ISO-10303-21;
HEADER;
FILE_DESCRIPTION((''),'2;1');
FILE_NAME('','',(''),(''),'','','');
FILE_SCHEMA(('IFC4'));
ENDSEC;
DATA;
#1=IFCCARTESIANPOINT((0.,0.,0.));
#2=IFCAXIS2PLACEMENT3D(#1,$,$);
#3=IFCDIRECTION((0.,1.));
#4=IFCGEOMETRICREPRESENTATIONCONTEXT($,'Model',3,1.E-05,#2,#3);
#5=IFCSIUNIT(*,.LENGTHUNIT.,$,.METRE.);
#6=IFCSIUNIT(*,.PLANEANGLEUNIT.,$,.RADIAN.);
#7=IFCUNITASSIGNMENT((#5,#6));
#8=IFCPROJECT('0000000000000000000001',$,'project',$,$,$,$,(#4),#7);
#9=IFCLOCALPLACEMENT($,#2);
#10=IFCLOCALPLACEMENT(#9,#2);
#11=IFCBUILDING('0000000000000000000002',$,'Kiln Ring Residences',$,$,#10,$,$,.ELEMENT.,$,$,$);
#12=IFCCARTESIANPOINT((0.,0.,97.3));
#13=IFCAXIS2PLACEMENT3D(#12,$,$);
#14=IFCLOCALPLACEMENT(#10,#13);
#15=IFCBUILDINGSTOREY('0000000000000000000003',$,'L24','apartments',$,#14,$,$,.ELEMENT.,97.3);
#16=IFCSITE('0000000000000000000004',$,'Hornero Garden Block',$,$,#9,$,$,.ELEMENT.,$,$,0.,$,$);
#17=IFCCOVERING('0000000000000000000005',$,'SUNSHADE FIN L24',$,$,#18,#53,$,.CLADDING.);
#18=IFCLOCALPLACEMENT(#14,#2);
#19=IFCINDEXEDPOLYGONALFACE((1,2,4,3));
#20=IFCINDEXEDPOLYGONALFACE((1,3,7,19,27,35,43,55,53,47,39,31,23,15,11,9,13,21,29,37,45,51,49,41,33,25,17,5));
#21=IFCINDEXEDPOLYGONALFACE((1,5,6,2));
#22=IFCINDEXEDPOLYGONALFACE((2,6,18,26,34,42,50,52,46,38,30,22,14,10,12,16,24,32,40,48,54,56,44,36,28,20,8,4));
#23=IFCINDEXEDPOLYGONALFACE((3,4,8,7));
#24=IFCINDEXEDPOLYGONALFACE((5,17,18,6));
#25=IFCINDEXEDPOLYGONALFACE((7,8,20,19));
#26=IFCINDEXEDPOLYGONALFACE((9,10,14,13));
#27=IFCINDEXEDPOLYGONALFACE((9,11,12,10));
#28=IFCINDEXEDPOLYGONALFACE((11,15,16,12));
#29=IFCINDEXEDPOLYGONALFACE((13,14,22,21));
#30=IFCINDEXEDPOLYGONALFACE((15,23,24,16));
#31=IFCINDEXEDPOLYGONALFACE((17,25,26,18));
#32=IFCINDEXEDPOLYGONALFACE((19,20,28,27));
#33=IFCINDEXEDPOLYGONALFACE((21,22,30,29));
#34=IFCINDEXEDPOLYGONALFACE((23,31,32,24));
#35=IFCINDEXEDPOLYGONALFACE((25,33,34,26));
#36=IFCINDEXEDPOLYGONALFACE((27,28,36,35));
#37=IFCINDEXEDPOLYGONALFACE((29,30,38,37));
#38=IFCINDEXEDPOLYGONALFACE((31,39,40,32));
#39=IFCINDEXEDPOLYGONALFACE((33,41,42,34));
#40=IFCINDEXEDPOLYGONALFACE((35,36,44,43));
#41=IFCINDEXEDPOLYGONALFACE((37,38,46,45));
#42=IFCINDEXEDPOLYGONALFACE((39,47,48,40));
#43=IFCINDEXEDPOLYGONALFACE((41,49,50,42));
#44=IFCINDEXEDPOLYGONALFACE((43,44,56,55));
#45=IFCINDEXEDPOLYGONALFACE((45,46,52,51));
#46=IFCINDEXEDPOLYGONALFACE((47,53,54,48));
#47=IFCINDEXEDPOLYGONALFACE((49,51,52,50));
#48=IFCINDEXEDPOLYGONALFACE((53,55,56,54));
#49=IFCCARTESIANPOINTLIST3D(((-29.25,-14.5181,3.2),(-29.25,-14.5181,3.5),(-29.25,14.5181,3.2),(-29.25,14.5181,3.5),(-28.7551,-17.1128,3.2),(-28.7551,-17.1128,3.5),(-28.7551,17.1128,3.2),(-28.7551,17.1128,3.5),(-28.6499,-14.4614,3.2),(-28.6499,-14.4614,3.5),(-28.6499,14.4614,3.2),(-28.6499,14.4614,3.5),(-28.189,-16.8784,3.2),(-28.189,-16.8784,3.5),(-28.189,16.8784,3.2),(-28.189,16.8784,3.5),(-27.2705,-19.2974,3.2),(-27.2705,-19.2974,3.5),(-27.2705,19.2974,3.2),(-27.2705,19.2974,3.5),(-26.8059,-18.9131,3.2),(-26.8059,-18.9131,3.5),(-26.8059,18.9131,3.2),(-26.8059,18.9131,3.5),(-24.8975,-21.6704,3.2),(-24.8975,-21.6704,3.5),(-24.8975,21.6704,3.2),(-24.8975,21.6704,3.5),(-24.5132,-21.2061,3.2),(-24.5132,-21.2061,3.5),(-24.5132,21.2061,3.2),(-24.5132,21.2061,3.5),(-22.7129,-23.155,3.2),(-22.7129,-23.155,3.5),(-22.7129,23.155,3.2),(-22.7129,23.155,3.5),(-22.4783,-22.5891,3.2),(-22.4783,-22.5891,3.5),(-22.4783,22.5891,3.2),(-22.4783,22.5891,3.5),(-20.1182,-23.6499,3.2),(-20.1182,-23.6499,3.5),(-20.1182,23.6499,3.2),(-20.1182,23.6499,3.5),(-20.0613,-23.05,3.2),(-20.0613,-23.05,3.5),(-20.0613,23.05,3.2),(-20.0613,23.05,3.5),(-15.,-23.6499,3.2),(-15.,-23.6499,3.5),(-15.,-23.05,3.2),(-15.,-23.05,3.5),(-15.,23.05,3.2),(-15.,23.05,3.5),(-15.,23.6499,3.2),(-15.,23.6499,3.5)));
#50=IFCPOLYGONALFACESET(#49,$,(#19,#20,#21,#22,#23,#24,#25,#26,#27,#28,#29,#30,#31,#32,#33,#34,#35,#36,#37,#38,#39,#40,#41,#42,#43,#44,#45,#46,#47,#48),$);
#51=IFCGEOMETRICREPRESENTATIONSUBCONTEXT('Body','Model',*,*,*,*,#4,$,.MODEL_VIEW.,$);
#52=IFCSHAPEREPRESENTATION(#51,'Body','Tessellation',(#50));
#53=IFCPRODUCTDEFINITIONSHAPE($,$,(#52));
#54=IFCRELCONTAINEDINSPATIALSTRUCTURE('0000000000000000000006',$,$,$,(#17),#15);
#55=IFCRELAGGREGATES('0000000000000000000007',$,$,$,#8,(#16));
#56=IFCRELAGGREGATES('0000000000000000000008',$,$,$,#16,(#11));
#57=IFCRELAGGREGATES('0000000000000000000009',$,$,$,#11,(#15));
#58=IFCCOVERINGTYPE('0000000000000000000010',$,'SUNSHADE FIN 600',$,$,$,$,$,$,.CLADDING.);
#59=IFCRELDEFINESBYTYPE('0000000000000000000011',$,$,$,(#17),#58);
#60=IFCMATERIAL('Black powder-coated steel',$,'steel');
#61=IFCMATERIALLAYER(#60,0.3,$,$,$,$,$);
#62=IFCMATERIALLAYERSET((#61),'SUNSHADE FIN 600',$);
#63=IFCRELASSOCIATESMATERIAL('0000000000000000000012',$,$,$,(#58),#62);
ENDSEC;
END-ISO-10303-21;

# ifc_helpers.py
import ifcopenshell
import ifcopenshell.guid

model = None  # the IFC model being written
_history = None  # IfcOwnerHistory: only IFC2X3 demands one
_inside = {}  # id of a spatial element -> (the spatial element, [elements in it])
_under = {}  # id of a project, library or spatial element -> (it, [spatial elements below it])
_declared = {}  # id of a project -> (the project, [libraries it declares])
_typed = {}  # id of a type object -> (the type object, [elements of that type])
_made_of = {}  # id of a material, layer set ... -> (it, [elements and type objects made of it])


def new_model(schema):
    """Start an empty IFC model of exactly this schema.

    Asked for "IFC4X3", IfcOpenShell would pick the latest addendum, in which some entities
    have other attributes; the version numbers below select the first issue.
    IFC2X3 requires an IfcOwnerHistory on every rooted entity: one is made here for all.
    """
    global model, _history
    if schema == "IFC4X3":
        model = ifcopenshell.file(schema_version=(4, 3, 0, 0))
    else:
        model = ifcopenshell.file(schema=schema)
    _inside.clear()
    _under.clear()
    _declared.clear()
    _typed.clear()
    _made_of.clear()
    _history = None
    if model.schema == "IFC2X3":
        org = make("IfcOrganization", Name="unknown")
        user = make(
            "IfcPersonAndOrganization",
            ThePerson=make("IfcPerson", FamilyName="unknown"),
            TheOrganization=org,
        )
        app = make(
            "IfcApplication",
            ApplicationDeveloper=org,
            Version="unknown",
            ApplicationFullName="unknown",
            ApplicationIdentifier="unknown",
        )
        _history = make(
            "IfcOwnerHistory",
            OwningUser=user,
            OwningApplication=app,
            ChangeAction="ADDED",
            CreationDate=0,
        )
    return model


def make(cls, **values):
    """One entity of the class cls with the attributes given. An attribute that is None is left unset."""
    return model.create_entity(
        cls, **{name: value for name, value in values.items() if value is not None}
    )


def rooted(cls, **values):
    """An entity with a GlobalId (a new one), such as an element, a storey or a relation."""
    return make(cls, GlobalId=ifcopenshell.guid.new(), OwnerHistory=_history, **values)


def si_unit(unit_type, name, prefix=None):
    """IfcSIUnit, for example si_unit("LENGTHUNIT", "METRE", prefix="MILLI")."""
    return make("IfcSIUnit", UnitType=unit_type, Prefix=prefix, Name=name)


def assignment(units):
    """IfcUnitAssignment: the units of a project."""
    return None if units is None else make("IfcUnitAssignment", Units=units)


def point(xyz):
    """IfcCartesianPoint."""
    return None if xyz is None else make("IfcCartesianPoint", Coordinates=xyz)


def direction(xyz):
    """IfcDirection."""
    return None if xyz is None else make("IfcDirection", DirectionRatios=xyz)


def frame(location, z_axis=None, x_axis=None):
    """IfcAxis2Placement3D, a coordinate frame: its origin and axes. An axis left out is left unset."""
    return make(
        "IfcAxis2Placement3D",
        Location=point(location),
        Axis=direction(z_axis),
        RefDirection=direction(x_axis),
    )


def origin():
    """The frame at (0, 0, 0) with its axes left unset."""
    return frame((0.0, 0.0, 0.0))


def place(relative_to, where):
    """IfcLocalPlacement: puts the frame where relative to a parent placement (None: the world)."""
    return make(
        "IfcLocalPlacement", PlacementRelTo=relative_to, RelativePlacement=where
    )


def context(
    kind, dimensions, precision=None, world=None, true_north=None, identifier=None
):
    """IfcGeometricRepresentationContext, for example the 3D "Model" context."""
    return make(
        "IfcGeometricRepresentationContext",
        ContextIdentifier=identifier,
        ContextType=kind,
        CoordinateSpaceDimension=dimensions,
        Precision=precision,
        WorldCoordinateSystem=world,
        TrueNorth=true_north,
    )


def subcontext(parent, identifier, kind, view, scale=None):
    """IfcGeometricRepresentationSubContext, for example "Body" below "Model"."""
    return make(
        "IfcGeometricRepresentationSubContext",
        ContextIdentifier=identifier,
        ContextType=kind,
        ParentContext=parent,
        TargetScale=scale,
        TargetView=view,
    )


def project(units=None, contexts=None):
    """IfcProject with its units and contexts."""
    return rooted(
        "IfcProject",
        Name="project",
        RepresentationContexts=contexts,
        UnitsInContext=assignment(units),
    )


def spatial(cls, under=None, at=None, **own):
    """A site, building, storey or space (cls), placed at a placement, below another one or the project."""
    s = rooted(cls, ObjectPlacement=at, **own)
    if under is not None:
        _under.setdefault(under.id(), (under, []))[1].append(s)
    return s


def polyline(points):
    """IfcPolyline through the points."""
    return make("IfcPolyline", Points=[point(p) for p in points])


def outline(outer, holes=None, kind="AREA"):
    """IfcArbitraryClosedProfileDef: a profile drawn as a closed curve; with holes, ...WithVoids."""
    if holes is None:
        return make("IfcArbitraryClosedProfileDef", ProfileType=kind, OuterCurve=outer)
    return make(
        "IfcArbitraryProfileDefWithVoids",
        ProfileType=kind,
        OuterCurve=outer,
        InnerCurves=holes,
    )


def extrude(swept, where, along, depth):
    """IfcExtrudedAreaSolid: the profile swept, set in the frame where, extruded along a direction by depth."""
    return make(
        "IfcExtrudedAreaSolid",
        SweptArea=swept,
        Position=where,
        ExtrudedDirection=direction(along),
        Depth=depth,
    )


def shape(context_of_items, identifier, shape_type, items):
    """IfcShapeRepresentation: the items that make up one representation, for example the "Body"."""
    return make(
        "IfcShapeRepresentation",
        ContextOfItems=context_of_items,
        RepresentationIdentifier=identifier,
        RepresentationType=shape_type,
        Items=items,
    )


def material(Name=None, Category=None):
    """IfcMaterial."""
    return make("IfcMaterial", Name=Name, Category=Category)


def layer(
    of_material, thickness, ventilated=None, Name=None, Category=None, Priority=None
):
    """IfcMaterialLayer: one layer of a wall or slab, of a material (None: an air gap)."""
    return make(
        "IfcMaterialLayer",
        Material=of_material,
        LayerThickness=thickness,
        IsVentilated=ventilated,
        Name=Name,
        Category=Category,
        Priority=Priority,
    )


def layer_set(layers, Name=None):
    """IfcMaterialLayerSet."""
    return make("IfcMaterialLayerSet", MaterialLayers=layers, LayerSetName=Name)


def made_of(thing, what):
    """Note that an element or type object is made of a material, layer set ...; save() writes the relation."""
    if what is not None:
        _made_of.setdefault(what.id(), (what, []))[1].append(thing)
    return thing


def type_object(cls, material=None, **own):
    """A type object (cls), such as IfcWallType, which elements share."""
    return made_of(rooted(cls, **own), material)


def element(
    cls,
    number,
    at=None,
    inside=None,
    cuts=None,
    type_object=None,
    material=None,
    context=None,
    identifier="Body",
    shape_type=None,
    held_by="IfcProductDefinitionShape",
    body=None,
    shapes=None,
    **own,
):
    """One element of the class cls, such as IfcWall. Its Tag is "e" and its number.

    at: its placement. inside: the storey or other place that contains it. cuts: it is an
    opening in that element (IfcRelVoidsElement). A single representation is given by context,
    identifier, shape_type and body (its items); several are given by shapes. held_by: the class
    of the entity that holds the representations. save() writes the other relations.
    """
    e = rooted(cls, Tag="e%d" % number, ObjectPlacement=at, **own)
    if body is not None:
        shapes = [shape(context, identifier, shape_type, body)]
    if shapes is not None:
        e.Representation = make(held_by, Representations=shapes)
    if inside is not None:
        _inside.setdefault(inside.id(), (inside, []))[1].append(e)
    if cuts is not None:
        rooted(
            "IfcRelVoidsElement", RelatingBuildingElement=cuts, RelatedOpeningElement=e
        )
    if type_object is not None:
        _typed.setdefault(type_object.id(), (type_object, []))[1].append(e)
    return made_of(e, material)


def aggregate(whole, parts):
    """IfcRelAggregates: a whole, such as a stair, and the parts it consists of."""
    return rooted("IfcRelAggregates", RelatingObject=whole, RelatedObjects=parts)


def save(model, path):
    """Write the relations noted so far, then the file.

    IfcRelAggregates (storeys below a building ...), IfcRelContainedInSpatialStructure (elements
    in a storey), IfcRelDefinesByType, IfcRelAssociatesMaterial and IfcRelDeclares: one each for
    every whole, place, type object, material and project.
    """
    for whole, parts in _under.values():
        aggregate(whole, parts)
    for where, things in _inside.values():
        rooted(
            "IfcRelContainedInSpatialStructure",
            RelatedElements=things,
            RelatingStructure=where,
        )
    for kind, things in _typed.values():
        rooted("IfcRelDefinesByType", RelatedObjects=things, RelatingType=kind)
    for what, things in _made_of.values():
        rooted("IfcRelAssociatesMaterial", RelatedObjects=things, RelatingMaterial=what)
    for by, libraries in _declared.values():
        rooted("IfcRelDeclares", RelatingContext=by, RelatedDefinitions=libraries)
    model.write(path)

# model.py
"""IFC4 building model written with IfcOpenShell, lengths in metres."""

from ifc_helpers import new_model, si_unit, direction, frame, origin, place, context, subcontext, project, spatial, polyline, outline, extrude, material, layer, layer_set, type_object, element, save


model = new_model("IFC4")

# Units and contexts
model_context = context("Model", 3, precision=1e-05, world=origin(), true_north=direction((0.0, 1.0)))
body_context = subcontext(model_context, "Body", "Model", "MODEL_VIEW")
ifc_project = project(units=[si_unit("LENGTHUNIT", "METRE"), si_unit("PLANEANGLEUNIT", "RADIAN")], contexts=[model_context])

# Site, building, storey
site_placement = place(None, origin())
site = spatial("IfcSite", under=ifc_project, at=site_placement, Name="Hornero Garden Block", CompositionType="ELEMENT", RefElevation=0.0)
building_placement = place(site_placement, origin())
building = spatial("IfcBuilding", under=site, at=building_placement, Name="Kiln Ring Residences", CompositionType="ELEMENT")
storey_placement = place(building_placement, frame((0.0, 0.0, 97.3)))
storey = spatial("IfcBuildingStorey", under=building, at=storey_placement, Name="L24", Description="apartments", CompositionType="ELEMENT", Elevation=97.3)

# Covering
ifc_material_1 = material(Name="Black powder-coated steel", Category="steel")
ifc_layer_1 = layer(ifc_material_1, 0.3)
ifc_layer_set_1 = layer_set([ifc_layer_1], Name="SUNSHADE FIN 600")
covering_type = type_object("IfcCoveringType", Name="SUNSHADE FIN 600", PredefinedType="CLADDING", material=ifc_layer_set_1)
covering_placement = place(storey_placement, frame((0.0, 0.0, 3.2)))
element("IfcCovering", 1, at=covering_placement, inside=storey, type_object=covering_type, Name="SUNSHADE FIN L24", PredefinedType="CLADDING", context=body_context, shape_type="SweptSolid", body=[
    extrude(outline(polyline([(-29.25, -14.5181), (-28.7551, -17.1128), (-27.2705, -19.2974), (-24.8975, -21.6704), (-22.7129, -23.155), (-20.1182, -23.6499), (-15.0, -23.6499), (-15.0, -23.05), (-20.0613, -23.05), (-22.4783, -22.5891), (-24.5132, -21.2061), (-26.8059, -18.9131), (-28.189, -16.8784), (-28.6499, -14.4614), (-28.6499, 14.4614), (-28.189, 16.8784), (-26.8059, 18.9131), (-24.5132, 21.2061), (-22.4783, 22.5891), (-20.0613, 23.05), (-15.0, 23.05), (-15.0, 23.6499), (-20.1182, 23.6499), (-22.7129, 23.155), (-24.8975, 21.6704), (-27.2705, 19.2974), (-28.7551, 17.1128), (-29.25, 14.5181), (-29.25, -14.5181)])), origin(), (0.0, 0.0, 1.0), 0.3),
])

save(model, "model.ifc")
